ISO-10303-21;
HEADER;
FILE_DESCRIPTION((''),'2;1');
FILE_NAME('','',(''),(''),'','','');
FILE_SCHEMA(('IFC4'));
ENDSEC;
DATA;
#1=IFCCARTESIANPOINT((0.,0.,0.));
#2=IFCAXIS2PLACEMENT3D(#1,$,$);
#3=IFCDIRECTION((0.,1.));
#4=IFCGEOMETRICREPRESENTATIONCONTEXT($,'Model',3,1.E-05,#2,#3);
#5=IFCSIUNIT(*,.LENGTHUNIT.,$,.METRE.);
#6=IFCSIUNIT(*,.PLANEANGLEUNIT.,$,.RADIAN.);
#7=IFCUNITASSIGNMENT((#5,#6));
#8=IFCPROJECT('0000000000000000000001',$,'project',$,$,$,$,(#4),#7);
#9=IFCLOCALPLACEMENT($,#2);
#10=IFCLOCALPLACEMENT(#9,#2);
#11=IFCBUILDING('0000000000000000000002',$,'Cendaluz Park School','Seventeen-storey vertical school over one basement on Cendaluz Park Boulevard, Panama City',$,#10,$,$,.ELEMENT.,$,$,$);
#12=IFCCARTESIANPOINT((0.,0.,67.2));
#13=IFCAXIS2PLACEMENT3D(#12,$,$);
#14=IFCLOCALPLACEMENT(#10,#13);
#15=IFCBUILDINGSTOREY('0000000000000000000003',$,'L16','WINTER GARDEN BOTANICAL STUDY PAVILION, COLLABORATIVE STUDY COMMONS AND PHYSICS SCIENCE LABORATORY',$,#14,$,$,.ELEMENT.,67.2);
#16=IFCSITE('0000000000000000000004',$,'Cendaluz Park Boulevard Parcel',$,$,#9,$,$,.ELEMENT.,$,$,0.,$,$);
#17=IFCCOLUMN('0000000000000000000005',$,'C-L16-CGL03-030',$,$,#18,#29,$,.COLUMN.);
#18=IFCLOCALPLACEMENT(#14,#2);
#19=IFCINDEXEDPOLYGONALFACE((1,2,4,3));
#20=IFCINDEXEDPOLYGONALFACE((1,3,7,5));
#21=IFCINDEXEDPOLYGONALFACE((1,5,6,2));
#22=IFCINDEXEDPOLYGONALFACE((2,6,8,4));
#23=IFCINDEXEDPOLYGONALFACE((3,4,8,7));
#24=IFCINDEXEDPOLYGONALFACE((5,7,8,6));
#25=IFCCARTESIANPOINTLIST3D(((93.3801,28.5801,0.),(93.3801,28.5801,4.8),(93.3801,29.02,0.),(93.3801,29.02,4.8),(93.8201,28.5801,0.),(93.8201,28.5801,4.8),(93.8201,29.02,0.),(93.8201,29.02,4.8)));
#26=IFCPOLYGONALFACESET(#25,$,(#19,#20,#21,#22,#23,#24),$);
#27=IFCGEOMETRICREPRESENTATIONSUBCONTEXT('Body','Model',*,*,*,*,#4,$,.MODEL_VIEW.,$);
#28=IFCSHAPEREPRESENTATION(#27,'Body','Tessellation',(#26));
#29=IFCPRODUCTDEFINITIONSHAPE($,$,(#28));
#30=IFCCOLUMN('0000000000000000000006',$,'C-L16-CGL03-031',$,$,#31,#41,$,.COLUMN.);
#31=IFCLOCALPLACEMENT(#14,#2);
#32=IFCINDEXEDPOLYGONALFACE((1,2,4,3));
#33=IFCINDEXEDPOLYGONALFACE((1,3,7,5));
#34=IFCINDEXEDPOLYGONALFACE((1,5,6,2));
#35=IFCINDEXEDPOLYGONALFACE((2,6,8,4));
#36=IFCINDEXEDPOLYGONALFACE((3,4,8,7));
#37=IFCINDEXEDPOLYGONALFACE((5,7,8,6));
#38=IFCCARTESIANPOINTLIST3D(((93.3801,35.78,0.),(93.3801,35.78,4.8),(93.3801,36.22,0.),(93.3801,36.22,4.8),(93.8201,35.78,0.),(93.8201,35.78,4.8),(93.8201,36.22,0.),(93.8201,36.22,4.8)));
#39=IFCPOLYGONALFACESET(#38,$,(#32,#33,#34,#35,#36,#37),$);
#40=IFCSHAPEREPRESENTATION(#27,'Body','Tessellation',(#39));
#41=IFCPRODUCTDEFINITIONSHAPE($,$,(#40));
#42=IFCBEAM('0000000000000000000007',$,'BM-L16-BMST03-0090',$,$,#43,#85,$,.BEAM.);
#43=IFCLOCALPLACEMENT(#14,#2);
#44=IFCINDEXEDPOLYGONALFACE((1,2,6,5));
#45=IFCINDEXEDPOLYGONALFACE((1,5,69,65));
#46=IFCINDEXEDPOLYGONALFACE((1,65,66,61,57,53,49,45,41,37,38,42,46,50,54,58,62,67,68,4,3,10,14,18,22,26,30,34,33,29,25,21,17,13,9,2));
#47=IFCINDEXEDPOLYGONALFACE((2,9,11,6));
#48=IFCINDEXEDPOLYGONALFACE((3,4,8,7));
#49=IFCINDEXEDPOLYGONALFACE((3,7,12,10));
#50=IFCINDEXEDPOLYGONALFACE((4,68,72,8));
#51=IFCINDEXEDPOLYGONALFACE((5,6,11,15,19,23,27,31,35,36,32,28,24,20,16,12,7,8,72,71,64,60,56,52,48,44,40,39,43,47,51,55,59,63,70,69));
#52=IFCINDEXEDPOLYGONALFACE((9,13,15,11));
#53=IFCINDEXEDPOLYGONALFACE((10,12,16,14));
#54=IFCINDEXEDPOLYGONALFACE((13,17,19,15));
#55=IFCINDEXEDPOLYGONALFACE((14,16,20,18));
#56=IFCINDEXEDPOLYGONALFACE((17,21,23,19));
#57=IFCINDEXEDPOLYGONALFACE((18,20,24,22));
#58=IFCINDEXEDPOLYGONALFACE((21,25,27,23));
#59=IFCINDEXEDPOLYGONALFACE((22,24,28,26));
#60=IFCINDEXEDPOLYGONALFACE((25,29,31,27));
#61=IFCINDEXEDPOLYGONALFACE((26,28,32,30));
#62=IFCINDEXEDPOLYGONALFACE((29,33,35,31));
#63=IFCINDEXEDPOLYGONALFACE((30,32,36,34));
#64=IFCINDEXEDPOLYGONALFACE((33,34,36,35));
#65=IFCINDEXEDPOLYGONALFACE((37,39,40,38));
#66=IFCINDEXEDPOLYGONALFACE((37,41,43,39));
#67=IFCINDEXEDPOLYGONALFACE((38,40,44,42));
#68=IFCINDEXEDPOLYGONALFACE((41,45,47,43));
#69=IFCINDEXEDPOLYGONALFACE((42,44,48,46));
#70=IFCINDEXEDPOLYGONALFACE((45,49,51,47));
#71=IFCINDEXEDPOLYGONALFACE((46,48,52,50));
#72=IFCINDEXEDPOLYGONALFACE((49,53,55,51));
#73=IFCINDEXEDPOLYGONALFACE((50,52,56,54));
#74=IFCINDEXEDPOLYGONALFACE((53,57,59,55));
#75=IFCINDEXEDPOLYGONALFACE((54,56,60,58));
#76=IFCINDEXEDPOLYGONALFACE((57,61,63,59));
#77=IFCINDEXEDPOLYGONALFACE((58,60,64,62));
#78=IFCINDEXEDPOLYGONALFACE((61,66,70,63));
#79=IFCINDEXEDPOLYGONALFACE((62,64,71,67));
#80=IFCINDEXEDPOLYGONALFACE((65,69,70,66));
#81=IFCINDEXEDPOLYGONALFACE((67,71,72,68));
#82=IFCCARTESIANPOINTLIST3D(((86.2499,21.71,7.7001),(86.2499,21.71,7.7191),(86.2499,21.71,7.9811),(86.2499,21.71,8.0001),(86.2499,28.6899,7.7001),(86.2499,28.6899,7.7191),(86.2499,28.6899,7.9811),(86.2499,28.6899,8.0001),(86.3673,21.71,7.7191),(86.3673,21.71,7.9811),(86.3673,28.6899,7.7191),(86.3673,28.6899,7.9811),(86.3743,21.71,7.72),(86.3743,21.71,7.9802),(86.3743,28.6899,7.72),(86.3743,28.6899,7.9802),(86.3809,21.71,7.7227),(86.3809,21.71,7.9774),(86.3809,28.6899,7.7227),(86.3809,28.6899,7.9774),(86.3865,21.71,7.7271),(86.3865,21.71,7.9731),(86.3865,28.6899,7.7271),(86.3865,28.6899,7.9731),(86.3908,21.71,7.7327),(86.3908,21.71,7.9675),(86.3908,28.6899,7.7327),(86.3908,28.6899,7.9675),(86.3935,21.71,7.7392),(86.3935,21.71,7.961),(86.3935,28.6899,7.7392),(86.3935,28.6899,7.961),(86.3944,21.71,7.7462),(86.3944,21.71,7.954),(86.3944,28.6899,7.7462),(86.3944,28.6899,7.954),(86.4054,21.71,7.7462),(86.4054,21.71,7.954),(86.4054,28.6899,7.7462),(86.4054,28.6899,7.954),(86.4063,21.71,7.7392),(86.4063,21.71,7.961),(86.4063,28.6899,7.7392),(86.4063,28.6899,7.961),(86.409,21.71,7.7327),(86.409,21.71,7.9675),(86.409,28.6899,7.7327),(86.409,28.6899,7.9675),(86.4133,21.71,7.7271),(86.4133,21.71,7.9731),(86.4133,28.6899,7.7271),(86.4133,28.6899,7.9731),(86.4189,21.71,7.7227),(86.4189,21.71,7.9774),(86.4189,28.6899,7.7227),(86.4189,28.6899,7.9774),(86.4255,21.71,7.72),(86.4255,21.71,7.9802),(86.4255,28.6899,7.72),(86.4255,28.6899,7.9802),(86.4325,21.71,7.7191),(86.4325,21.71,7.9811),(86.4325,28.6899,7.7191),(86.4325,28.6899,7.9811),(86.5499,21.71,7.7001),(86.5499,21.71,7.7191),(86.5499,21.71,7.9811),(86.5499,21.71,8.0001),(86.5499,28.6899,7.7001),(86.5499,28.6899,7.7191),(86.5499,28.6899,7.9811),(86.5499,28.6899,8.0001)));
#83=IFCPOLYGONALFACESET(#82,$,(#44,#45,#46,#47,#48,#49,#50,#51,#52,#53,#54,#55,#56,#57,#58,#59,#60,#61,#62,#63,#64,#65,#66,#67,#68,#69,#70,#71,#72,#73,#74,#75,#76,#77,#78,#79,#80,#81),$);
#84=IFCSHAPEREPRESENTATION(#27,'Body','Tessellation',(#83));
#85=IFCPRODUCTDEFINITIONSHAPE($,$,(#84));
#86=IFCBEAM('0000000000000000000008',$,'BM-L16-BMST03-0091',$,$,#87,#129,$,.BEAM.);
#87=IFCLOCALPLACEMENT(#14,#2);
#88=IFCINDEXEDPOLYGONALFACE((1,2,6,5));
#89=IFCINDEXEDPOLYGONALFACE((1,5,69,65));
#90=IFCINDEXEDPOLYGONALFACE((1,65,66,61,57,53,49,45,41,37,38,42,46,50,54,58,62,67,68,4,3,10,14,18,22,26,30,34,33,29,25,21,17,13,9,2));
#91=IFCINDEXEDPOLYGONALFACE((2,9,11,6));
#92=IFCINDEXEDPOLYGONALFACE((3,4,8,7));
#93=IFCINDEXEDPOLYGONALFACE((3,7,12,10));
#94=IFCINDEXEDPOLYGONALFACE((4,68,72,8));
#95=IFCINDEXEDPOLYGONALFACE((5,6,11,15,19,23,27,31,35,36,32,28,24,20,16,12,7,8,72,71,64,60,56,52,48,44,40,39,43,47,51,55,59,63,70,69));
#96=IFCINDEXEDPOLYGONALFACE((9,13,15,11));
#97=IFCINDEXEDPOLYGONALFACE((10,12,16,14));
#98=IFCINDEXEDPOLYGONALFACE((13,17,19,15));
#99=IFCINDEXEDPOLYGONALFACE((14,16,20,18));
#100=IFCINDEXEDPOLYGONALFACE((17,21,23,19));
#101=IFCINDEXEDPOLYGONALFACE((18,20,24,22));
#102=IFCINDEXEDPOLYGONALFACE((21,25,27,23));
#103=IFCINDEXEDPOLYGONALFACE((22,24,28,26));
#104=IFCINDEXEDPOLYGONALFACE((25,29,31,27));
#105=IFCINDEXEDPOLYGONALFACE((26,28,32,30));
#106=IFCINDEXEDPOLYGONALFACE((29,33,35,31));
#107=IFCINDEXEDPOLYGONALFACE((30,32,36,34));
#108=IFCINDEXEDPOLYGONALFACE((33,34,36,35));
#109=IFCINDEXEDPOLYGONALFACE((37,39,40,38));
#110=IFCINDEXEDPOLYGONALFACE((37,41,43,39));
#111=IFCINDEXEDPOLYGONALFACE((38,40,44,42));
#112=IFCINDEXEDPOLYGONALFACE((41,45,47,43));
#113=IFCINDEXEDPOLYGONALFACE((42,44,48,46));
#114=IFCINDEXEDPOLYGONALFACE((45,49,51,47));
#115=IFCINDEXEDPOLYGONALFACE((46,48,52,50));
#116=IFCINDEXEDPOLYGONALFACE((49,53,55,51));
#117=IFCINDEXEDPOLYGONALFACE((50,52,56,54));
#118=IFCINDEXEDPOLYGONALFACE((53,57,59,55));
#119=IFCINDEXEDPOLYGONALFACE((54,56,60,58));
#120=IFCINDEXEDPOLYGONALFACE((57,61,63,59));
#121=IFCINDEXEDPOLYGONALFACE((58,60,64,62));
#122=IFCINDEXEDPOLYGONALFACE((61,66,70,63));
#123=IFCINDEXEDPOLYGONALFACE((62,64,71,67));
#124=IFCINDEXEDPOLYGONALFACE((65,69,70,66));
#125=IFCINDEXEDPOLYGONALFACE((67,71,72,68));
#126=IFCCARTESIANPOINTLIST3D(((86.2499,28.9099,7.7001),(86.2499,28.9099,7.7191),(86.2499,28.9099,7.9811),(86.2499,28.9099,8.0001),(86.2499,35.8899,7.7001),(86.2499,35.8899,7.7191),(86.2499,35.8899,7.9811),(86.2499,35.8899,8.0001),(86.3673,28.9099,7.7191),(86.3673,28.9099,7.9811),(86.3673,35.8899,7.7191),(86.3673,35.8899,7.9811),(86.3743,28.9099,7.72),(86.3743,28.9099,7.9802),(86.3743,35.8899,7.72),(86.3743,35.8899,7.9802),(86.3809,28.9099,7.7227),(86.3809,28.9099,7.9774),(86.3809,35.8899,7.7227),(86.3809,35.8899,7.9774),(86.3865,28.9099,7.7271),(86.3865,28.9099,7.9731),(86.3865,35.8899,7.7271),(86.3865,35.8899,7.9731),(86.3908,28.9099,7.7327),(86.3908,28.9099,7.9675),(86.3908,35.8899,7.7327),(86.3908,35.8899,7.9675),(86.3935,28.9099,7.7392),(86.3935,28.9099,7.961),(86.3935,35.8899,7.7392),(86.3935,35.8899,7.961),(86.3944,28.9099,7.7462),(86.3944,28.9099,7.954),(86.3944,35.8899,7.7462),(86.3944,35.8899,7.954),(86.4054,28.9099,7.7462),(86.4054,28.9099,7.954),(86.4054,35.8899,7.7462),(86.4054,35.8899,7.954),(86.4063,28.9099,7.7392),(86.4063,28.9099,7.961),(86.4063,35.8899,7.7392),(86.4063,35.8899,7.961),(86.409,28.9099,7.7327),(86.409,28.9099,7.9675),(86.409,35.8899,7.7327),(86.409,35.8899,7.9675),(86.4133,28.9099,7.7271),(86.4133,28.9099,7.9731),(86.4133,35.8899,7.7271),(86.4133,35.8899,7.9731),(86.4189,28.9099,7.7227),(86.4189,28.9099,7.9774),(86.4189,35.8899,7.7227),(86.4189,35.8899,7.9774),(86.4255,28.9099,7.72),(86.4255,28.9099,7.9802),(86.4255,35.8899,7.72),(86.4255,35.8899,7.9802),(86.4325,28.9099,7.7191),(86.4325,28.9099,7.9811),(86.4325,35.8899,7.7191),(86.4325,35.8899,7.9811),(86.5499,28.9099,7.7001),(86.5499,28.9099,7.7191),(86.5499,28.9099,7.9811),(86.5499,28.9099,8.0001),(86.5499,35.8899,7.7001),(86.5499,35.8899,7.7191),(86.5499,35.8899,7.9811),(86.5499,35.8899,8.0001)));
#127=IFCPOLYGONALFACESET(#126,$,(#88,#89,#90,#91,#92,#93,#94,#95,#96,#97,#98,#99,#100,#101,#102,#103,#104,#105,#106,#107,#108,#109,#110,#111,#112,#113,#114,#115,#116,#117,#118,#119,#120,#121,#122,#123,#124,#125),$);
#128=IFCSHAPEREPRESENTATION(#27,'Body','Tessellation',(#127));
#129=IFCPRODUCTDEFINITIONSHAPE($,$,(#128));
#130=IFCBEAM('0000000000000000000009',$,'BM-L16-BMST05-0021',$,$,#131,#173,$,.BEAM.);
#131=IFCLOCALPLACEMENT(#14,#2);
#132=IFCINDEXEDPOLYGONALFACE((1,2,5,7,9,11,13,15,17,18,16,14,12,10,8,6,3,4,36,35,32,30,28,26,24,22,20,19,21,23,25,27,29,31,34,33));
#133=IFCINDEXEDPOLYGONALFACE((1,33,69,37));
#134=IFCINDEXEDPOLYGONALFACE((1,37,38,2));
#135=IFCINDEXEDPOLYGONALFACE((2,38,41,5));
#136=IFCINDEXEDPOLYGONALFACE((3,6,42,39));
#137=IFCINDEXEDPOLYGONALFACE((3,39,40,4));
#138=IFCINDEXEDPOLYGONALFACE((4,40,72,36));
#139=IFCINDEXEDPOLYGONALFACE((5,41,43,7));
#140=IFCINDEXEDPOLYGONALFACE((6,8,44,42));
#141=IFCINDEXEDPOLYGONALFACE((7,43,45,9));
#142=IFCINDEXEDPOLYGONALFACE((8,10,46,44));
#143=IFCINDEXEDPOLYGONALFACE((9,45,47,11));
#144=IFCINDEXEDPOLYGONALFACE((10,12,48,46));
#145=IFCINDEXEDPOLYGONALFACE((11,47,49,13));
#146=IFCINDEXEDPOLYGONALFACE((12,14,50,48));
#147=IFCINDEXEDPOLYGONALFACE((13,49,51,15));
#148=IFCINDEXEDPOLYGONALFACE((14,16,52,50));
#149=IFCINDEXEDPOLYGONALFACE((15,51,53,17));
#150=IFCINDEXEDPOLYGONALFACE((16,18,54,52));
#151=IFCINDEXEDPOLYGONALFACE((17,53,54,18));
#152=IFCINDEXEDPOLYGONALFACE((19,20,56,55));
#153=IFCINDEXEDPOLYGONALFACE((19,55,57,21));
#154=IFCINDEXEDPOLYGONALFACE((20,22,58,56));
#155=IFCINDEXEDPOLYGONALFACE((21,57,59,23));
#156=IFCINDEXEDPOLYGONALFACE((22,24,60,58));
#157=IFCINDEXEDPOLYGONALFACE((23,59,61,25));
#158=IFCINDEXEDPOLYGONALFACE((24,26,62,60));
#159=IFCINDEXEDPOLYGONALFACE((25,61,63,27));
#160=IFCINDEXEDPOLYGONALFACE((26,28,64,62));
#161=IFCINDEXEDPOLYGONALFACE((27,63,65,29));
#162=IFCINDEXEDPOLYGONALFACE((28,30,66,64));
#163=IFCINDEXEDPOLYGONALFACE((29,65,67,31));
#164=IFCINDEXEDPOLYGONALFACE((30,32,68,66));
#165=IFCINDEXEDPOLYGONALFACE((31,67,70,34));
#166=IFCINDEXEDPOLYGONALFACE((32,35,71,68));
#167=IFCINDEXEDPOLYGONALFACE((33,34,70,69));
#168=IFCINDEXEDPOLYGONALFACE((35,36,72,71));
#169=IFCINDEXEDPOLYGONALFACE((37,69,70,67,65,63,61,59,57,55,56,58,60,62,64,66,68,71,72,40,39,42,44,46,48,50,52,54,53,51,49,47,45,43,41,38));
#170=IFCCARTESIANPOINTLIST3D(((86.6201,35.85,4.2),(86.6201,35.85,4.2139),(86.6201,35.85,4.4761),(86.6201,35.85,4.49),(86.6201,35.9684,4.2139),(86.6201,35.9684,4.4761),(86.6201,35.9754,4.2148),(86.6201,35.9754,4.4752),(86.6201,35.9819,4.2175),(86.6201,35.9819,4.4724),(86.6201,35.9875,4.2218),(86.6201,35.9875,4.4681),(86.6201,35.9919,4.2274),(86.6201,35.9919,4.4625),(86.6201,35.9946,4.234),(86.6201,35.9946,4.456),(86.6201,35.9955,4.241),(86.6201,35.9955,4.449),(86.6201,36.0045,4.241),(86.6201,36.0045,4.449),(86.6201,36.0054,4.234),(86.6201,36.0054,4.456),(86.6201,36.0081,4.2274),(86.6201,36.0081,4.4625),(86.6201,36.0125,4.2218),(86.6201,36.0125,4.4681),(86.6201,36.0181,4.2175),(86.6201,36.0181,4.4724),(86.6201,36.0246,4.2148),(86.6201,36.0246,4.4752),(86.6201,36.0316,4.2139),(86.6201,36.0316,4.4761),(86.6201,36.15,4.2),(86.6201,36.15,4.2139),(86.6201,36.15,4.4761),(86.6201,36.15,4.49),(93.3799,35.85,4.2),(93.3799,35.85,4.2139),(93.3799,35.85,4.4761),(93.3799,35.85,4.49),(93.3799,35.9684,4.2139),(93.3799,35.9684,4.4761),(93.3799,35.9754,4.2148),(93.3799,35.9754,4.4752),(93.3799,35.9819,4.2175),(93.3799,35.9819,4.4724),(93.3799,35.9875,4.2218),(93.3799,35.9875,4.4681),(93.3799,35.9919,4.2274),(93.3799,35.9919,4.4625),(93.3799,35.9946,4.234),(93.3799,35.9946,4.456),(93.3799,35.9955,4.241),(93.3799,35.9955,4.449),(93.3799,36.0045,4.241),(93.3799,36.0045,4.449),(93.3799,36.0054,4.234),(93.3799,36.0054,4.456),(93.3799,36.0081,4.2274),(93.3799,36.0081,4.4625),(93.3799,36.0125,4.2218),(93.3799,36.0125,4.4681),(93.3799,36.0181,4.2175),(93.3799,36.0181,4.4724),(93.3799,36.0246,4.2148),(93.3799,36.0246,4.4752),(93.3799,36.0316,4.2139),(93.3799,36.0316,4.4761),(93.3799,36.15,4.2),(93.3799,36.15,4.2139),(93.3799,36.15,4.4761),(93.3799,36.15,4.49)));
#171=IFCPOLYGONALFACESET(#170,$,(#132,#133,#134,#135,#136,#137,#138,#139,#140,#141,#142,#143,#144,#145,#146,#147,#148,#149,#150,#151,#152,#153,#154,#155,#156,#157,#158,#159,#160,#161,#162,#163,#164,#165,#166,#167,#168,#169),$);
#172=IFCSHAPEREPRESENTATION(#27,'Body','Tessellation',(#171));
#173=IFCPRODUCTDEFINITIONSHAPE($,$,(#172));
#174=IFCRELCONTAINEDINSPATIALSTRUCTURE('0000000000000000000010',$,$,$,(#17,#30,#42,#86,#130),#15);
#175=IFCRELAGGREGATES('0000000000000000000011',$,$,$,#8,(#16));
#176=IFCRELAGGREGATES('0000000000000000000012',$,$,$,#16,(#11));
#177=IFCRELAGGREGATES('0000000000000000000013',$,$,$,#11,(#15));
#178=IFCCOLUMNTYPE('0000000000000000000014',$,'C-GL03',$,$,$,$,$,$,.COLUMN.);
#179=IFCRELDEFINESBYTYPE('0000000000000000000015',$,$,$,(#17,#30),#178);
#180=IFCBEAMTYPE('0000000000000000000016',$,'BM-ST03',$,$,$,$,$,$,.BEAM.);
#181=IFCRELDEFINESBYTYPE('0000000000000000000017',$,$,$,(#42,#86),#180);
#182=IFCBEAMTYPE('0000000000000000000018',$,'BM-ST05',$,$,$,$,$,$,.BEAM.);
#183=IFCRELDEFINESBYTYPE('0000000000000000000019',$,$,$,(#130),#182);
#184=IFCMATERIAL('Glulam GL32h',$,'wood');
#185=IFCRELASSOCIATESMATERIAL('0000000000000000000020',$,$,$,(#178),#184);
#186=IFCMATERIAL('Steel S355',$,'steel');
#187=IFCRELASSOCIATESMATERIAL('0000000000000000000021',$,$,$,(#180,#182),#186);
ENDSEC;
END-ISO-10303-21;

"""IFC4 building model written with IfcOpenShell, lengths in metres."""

from ifc_helpers import new_model, si_unit, direction, frame, origin, origin_2d, place, context, subcontext, project, spatial, rectangle, i_section, extrude, material, material_profile, profile_set, type_object, element, save


model = new_model("IFC4")

# Units and contexts
model_context = context("Model", 3, precision=1e-05, world=origin(), true_north=direction((0.0, 1.0)))
body_context = subcontext(model_context, "Body", "Model", "MODEL_VIEW")
ifc_project = project(units=[si_unit("LENGTHUNIT", "METRE"), si_unit("PLANEANGLEUNIT", "RADIAN")], contexts=[model_context])

# Site, building, storey
site_placement = place(None, origin())
site = spatial("IfcSite", under=ifc_project, at=site_placement, Name="Cendaluz Park Boulevard Parcel", CompositionType="ELEMENT", RefElevation=0.0)
building_placement = place(site_placement, origin())
building = spatial("IfcBuilding", under=site, at=building_placement, Name="Cendaluz Park School", Description="Seventeen-storey vertical school over one basement on Cendaluz Park Boulevard, Panama City", CompositionType="ELEMENT")
storey_placement = place(building_placement, frame((0.0, 0.0, 67.2)))
storey = spatial("IfcBuildingStorey", under=building, at=storey_placement, Name="L16", Description="WINTER GARDEN BOTANICAL STUDY PAVILION, COLLABORATIVE STUDY COMMONS AND PHYSICS SCIENCE LABORATORY", CompositionType="ELEMENT", Elevation=67.2)

# Columns
ifc_material_1 = material(Name="Glulam GL32h", Category="wood")
ifc_material_profile_1 = material_profile(ifc_material_1, rectangle(XDim=0.4399, YDim=0.4399, at=origin_2d()), Name="GL32h 440x440", Category="wood")
ifc_profile_set_1 = profile_set([ifc_material_profile_1], Name="Glulam GL32h")
column_type = type_object("IfcColumnType", Name="C-GL03", PredefinedType="COLUMN", material=ifc_profile_set_1)
for number, where, z_axis, x_axis, name in (
    (1, (93.6001, 28.8, 0.0), (0.0, 0.0, 1.0), (1.0, 0.0, 0.0), "C-L16-CGL03-030"),
    (2, (93.6001, 36.0, 0.0), (0.0, 0.0, 1.0), (1.0, 0.0, 0.0), "C-L16-CGL03-031"),
):
    element("IfcColumn", number, at=place(storey_placement, frame(where, z_axis=z_axis, x_axis=x_axis)), inside=storey, type_object=column_type, Name=name, PredefinedType="COLUMN", context=body_context, shape_type="SweptSolid", body=[
        extrude(rectangle(XDim=0.4399, YDim=0.4399, at=origin_2d()), origin(), (0.0, 0.0, 1.0), 4.8),
    ])

# Beams
ifc_material_2 = material(Name="Steel S355", Category="steel")
ifc_material_profile_2 = material_profile(ifc_material_2, i_section(OverallWidth=0.3, OverallDepth=0.3, WebThickness=0.011, FlangeThickness=0.019, FilletRadius=0.0271, at=origin_2d()), Name="HEB 300", Category="steel")
ifc_profile_set_2 = profile_set([ifc_material_profile_2], Name="Steel S355")
beam_type_1 = type_object("IfcBeamType", Name="BM-ST03", PredefinedType="BEAM", material=ifc_profile_set_2)
for number, where, z_axis, x_axis, name in (
    (3, (86.3999, 21.71, 7.8501), (0.0, 1.0, 0.0), (-1.0, 0.0, 0.0), "BM-L16-BMST03-0090"),
    (4, (86.3999, 28.9099, 7.8501), (0.0, 1.0, 0.0), (-1.0, 0.0, 0.0), "BM-L16-BMST03-0091"),
):
    element("IfcBeam", number, at=place(storey_placement, frame(where, z_axis=z_axis, x_axis=x_axis)), inside=storey, type_object=beam_type_1, Name=name, PredefinedType="BEAM", context=body_context, shape_type="SweptSolid", body=[
        extrude(i_section(OverallWidth=0.3, OverallDepth=0.3, WebThickness=0.011, FlangeThickness=0.019, FilletRadius=0.0271, at=origin_2d()), origin(), (0.0, 0.0, 1.0), 6.98),
    ])
ifc_material_profile_3 = material_profile(ifc_material_2, i_section(OverallWidth=0.3, OverallDepth=0.29, WebThickness=0.009, FlangeThickness=0.0139, FilletRadius=0.0271, at=origin_2d()), Name="HEA 300", Category="steel")
ifc_profile_set_3 = profile_set([ifc_material_profile_3], Name="Steel S355")
beam_type_2 = type_object("IfcBeamType", Name="BM-ST05", PredefinedType="BEAM", material=ifc_profile_set_3)
beam_1_placement = place(storey_placement, frame((86.6201, 36.0, 4.345), z_axis=(1.0, 0.0, 0.0), x_axis=(0.0, 1.0, 0.0)))
element("IfcBeam", 5, at=beam_1_placement, inside=storey, type_object=beam_type_2, Name="BM-L16-BMST05-0021", PredefinedType="BEAM", context=body_context, shape_type="SweptSolid", body=[
    extrude(i_section(OverallWidth=0.3, OverallDepth=0.29, WebThickness=0.009, FlangeThickness=0.0139, FilletRadius=0.0271, at=origin_2d()), origin(), (0.0, 0.0, 1.0), 6.7598),
])

save(model, "model.ifc")
